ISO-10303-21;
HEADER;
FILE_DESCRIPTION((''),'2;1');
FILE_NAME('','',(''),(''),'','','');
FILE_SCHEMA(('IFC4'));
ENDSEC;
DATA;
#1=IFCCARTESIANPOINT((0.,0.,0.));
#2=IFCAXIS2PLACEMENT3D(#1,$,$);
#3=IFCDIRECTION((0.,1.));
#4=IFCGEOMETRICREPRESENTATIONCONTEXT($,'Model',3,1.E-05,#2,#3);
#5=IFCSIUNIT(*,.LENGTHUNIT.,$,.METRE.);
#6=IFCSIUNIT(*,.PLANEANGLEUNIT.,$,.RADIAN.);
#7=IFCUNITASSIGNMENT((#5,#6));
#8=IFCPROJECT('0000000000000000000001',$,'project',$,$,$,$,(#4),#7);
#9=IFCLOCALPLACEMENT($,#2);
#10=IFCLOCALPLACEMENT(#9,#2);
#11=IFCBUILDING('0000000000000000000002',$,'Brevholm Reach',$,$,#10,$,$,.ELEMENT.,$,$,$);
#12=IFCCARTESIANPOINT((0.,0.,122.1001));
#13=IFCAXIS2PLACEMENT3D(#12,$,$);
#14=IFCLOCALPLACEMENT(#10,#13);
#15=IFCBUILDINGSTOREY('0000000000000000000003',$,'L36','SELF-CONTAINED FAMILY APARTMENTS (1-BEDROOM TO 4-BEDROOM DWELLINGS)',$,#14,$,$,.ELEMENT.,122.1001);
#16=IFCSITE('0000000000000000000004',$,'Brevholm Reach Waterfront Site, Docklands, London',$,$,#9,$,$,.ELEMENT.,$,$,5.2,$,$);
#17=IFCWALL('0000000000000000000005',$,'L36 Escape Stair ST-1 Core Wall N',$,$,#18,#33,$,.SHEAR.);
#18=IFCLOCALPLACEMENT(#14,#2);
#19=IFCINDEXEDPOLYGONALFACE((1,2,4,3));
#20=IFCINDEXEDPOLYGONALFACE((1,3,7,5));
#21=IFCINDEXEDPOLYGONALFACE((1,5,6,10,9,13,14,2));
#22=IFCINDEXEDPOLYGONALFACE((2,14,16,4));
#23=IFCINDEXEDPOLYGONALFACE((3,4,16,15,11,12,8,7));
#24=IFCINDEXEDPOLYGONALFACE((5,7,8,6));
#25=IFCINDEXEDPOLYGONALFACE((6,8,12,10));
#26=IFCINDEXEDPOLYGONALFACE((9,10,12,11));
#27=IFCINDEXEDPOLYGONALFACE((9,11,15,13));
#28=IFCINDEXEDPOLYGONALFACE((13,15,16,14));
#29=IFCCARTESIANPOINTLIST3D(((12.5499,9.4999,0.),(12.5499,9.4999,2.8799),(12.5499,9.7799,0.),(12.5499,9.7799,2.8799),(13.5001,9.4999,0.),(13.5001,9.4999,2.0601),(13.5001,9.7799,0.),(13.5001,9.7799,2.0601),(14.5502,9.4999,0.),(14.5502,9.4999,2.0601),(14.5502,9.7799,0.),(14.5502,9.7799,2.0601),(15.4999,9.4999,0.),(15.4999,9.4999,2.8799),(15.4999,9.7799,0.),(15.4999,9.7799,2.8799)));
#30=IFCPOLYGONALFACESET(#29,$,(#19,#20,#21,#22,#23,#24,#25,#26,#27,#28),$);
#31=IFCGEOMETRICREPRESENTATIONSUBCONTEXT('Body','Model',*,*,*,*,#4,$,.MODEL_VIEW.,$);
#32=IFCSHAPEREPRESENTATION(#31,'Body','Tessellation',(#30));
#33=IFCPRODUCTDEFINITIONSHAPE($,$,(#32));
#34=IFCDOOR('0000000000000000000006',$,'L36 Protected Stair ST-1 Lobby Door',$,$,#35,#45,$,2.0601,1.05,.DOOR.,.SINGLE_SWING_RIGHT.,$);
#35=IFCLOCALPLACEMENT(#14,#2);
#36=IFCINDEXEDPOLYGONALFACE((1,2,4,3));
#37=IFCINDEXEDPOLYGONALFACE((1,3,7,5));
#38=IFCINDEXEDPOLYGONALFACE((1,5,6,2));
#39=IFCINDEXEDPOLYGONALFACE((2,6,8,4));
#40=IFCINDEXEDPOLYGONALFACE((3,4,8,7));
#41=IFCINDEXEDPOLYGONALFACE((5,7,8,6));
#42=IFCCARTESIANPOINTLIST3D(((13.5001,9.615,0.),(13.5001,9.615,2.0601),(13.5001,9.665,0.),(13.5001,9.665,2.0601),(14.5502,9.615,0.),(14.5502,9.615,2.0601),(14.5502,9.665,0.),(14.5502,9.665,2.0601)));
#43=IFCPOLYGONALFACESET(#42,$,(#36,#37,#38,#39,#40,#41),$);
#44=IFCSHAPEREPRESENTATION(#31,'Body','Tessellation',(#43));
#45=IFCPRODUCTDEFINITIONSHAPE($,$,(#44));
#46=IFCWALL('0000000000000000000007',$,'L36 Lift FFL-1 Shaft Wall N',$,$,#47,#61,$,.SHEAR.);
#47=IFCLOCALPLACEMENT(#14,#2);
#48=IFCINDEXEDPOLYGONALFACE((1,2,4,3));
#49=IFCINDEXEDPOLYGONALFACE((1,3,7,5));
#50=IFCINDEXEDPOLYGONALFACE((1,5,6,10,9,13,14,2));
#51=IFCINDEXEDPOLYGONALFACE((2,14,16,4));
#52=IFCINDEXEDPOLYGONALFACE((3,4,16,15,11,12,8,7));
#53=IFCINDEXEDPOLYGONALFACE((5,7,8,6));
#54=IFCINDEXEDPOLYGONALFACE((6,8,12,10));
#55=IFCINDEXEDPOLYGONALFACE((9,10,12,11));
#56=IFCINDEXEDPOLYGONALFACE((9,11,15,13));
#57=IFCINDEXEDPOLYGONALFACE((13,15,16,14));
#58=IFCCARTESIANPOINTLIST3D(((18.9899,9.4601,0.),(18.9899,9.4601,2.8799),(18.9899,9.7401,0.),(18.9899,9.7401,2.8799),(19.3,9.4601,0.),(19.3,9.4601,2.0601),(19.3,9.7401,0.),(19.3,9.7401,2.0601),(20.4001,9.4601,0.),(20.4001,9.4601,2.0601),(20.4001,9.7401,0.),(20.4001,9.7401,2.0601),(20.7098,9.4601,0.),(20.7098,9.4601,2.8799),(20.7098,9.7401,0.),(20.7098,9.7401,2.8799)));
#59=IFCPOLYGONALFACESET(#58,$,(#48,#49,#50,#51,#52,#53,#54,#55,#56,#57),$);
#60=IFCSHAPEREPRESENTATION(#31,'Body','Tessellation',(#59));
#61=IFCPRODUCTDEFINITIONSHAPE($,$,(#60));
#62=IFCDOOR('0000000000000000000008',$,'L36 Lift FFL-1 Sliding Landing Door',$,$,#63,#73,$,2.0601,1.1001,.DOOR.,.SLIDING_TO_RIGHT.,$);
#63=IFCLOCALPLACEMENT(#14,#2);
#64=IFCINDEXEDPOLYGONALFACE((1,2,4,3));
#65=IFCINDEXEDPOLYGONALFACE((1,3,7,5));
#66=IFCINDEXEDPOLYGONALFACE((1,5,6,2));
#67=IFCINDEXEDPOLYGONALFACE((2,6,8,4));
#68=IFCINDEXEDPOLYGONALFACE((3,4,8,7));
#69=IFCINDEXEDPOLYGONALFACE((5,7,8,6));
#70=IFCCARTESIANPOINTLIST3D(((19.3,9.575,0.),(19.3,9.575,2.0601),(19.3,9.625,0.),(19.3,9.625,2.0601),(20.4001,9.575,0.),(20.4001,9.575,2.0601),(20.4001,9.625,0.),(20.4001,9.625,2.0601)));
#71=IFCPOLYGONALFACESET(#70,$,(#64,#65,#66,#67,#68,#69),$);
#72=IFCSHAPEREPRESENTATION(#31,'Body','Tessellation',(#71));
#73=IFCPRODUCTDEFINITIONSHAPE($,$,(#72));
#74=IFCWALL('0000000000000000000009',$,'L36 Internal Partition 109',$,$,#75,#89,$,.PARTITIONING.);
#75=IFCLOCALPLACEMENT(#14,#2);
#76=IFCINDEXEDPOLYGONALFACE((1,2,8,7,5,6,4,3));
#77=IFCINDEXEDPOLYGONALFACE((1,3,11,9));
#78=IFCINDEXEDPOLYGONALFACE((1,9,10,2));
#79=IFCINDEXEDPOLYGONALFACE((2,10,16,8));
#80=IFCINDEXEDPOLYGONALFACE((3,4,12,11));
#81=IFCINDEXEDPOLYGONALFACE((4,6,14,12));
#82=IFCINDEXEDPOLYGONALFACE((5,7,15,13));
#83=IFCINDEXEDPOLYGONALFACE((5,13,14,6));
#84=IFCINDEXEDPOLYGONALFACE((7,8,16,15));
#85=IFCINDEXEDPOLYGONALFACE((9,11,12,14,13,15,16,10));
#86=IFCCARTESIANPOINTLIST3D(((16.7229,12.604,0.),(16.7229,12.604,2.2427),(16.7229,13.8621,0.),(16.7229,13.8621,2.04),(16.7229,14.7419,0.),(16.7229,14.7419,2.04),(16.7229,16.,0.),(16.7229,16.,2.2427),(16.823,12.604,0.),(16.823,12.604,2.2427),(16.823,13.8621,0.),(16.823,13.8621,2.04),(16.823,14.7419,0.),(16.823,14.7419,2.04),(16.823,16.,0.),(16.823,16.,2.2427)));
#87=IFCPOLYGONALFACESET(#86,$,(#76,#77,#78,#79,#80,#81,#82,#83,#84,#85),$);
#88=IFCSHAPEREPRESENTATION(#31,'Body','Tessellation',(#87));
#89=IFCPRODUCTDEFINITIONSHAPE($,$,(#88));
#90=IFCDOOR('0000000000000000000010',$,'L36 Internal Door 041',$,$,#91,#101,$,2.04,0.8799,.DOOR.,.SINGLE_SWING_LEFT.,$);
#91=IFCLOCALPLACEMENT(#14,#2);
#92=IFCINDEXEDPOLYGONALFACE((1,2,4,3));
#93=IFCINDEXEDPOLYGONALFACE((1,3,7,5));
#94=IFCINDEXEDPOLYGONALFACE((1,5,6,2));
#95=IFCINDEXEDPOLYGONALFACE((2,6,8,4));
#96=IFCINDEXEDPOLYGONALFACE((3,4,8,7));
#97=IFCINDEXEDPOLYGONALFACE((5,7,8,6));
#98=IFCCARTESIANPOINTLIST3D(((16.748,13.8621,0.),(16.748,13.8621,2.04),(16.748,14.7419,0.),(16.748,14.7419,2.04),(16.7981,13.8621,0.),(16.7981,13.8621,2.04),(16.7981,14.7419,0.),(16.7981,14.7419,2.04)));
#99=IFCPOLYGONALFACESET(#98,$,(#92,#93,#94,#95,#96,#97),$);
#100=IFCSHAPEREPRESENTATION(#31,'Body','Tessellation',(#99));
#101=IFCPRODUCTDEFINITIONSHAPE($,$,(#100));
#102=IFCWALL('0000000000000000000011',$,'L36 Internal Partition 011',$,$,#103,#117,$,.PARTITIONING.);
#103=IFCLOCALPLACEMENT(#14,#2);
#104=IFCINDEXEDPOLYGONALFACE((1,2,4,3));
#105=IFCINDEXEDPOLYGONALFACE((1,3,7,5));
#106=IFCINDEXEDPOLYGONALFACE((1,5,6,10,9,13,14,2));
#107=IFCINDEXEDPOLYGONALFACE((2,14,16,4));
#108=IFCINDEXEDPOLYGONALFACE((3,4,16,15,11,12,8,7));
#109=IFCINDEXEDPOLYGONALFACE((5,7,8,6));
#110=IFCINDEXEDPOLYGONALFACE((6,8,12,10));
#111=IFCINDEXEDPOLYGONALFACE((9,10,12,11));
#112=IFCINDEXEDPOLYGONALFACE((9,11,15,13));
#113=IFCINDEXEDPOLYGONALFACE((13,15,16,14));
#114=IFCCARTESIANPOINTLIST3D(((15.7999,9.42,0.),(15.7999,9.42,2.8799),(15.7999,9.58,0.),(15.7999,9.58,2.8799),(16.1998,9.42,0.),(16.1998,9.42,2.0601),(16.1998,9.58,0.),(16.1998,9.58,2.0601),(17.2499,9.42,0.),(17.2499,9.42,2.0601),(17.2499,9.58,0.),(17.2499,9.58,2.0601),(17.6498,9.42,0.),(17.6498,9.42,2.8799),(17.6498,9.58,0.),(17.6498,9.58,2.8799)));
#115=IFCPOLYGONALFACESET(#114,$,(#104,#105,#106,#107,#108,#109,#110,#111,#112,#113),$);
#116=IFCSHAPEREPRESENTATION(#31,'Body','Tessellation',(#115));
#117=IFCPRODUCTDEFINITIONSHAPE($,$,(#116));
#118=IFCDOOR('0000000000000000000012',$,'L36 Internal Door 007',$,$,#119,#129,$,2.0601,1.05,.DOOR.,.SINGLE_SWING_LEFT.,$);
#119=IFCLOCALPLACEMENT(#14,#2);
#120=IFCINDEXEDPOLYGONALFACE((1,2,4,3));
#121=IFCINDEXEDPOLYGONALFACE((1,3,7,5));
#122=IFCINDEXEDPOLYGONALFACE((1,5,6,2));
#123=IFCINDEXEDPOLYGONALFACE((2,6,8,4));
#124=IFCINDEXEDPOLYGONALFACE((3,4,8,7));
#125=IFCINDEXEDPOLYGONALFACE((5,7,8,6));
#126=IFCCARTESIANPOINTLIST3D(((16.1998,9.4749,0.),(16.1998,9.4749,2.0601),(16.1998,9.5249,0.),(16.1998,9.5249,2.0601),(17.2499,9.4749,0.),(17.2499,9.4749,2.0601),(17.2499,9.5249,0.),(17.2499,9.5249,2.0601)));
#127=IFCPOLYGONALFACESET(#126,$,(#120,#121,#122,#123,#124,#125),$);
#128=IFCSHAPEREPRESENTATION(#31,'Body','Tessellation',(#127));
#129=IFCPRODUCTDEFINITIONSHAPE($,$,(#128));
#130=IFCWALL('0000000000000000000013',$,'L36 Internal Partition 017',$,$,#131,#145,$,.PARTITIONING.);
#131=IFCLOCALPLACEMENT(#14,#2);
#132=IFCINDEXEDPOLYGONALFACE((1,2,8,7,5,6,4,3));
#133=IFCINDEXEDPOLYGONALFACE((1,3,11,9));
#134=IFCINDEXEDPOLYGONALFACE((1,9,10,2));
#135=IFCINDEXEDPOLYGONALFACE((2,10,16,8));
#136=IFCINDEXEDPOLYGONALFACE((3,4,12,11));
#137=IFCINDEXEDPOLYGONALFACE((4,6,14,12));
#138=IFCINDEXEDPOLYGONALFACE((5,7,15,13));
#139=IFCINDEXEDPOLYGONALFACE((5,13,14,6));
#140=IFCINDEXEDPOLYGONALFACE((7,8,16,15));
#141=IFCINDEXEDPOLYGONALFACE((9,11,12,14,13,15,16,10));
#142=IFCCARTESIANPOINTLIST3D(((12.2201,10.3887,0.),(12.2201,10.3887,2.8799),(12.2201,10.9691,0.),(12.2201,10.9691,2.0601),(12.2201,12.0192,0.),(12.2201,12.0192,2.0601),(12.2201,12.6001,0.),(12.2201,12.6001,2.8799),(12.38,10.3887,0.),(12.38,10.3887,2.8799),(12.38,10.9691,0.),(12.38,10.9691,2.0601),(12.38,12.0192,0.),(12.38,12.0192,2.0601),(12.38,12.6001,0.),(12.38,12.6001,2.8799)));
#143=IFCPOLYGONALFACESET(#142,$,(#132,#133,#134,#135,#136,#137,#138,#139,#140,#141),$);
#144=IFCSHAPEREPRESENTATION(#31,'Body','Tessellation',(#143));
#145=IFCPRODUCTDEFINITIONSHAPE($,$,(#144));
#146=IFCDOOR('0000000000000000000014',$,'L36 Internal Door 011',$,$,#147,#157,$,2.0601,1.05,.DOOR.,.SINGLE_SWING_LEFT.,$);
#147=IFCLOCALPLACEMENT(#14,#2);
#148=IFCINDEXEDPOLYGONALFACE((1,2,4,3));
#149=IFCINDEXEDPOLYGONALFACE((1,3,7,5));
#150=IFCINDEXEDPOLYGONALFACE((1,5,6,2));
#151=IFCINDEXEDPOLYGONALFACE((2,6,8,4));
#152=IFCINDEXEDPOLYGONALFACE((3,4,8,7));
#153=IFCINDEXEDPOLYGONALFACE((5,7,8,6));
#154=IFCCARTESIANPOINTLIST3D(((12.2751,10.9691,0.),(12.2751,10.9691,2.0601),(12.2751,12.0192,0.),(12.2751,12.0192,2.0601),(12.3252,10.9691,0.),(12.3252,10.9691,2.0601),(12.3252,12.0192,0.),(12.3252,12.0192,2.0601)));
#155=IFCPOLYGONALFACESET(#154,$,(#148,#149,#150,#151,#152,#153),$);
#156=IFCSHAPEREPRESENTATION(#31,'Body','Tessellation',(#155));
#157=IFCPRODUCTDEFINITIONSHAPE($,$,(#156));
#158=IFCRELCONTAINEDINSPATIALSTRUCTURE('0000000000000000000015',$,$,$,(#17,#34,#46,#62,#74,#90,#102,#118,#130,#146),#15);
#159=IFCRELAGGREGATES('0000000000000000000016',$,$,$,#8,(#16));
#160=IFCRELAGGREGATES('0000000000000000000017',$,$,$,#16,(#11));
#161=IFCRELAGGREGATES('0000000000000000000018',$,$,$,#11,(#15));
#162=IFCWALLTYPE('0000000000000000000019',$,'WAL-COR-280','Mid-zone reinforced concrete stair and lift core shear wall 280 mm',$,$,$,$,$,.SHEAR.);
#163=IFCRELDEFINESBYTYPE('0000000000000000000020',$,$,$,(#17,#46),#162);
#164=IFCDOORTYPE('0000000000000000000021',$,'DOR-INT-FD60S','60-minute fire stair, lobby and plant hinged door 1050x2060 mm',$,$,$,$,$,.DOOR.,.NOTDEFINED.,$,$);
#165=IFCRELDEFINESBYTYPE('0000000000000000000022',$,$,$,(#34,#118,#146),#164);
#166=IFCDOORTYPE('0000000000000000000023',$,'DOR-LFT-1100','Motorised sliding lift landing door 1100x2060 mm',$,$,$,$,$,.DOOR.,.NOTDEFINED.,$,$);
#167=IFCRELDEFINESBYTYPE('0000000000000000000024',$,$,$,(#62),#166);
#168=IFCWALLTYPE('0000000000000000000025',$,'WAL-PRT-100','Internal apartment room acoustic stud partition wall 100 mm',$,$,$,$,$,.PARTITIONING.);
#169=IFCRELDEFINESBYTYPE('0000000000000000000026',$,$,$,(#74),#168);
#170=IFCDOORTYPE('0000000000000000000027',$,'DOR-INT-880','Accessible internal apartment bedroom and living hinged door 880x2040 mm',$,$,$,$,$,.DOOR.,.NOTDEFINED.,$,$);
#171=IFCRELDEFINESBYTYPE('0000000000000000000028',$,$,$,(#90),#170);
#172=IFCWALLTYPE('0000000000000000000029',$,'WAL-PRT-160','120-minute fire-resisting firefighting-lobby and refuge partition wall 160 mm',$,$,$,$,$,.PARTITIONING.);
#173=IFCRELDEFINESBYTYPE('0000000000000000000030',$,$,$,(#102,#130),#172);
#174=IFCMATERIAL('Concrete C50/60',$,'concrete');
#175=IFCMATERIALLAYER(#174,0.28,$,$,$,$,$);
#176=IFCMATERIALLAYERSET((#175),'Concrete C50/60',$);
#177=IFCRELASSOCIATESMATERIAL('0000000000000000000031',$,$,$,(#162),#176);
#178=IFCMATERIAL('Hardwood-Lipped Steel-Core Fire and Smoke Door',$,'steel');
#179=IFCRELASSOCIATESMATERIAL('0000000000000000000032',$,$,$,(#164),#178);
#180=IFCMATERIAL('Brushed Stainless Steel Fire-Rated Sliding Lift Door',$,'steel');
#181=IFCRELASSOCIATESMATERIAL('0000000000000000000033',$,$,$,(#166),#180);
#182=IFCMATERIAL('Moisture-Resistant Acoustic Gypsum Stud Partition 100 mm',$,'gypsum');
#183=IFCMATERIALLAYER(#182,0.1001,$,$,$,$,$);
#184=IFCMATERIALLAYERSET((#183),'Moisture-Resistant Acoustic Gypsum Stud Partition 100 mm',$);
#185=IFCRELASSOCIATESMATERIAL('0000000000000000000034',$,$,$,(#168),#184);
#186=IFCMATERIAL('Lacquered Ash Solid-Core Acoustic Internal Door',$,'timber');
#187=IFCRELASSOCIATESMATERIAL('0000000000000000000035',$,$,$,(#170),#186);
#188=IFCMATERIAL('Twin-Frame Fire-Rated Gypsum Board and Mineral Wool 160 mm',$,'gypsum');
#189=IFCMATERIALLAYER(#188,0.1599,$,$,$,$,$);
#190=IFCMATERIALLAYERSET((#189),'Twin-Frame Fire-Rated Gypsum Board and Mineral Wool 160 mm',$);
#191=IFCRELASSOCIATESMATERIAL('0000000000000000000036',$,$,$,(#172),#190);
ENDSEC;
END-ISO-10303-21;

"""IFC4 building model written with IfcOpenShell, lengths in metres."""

from ifc_helpers import new_model, si_unit, direction, frame, frame_2d, origin, place, context, subcontext, project, spatial, rectangle, extrude, material, layer, layer_set, type_object, element, fill, save


model = new_model("IFC4")

# Units and contexts
model_context = context("Model", 3, precision=1e-05, world=origin(), true_north=direction((0.0, 1.0)))
body_context = subcontext(model_context, "Body", "Model", "MODEL_VIEW")
ifc_project = project(units=[si_unit("LENGTHUNIT", "METRE"), si_unit("PLANEANGLEUNIT", "RADIAN")], contexts=[model_context])

# Site, building, storey
site_placement = place(None, origin())
site = spatial("IfcSite", under=ifc_project, at=site_placement, Name="Brevholm Reach Waterfront Site, Docklands, London", CompositionType="ELEMENT", RefElevation=5.2)
building_placement = place(site_placement, origin())
building = spatial("IfcBuilding", under=site, at=building_placement, Name="Brevholm Reach", CompositionType="ELEMENT")
storey_placement = place(building_placement, frame((0.0, 0.0, 122.1001)))
storey = spatial("IfcBuildingStorey", under=building, at=storey_placement, Name="L36", Description="SELF-CONTAINED FAMILY APARTMENTS (1-BEDROOM TO 4-BEDROOM DWELLINGS)", CompositionType="ELEMENT", Elevation=122.1001)

# Walls, openings, doors
ifc_material_1 = material(Name="Concrete C50/60", Category="concrete")
ifc_layer_1 = layer(ifc_material_1, 0.28)
ifc_layer_set_1 = layer_set([ifc_layer_1], Name="Concrete C50/60")
wall_type_1 = type_object("IfcWallType", Name="WAL-COR-280", Description="Mid-zone reinforced concrete stair and lift core shear wall 280 mm", PredefinedType="SHEAR", material=ifc_layer_set_1)
wall_1_placement = place(storey_placement, frame((15.5, 9.6399, 0.0), z_axis=(0.0, 0.0, 1.0), x_axis=(-1.0, 0.0, 0.0)))
wall_1 = element("IfcWall", 1, at=wall_1_placement, inside=storey, type_object=wall_type_1, Name="L36 Escape Stair ST-1 Core Wall N", PredefinedType="SHEAR", context=body_context, shape_type="SweptSolid", body=[
    extrude(rectangle(XDim=2.95, YDim=0.28, at=frame_2d((1.4751, 0.0))), origin(), (0.0, 0.0, 1.0), 2.8799),
])
opening_1_placement = place(wall_1_placement, frame((0.95, 0.0, 0.0)))
opening_1 = element("IfcOpeningElement", 2, at=opening_1_placement, cuts=wall_1, PredefinedType="OPENING", context=body_context, shape_type="SweptSolid", body=[
    extrude(rectangle(XDim=1.05, YDim=2.0601, at=frame_2d((0.5249, 1.03))), frame((0.0, 0.1499, 0.0), z_axis=(0.0, -1.0, 0.0), x_axis=(1.0, 0.0, 0.0)), (0.0, 0.0, 1.0), 0.3),
])
ifc_material_2 = material(Name="Hardwood-Lipped Steel-Core Fire and Smoke Door", Category="steel")
door_type_1 = type_object("IfcDoorType", Name="DOR-INT-FD60S", Description="60-minute fire stair, lobby and plant hinged door 1050x2060 mm", OperationType="NOTDEFINED", PredefinedType="DOOR", material=ifc_material_2)
door_1_placement = place(opening_1_placement, origin())
door_1 = element("IfcDoor", 3, at=door_1_placement, inside=storey, type_object=door_type_1, Name="L36 Protected Stair ST-1 Lobby Door", OperationType="SINGLE_SWING_RIGHT", OverallHeight=2.0601, OverallWidth=1.05, PredefinedType="DOOR", context=body_context, shape_type="SweptSolid", body=[
    extrude(rectangle(XDim=1.05, YDim=2.0601, at=frame_2d((0.5249, 1.03))), frame((0.0, 0.0249, 0.0), z_axis=(0.0, -1.0, 0.0), x_axis=(1.0, 0.0, 0.0)), (0.0, 0.0, 1.0), 0.05),
])
fill(opening_1, door_1)
wall_2_placement = place(storey_placement, frame((18.99, 9.6001, 0.0), z_axis=(0.0, 0.0, 1.0), x_axis=(1.0, 0.0, 0.0)))
wall_2 = element("IfcWall", 4, at=wall_2_placement, inside=storey, type_object=wall_type_1, Name="L36 Lift FFL-1 Shaft Wall N", PredefinedType="SHEAR", context=body_context, shape_type="SweptSolid", body=[
    extrude(rectangle(XDim=1.72, YDim=0.28, at=frame_2d((0.8599, 0.0))), origin(), (0.0, 0.0, 1.0), 2.8799),
])
opening_2_placement = place(wall_2_placement, frame((0.3101, 0.0, 0.0)))
opening_2 = element("IfcOpeningElement", 5, at=opening_2_placement, cuts=wall_2, PredefinedType="OPENING", context=body_context, shape_type="SweptSolid", body=[
    extrude(rectangle(XDim=1.1001, YDim=2.0601, at=frame_2d((0.55, 1.03))), frame((0.0, 0.1499, 0.0), z_axis=(0.0, -1.0, 0.0), x_axis=(1.0, 0.0, 0.0)), (0.0, 0.0, 1.0), 0.3),
])
ifc_material_3 = material(Name="Brushed Stainless Steel Fire-Rated Sliding Lift Door", Category="steel")
door_type_2 = type_object("IfcDoorType", Name="DOR-LFT-1100", Description="Motorised sliding lift landing door 1100x2060 mm", OperationType="NOTDEFINED", PredefinedType="DOOR", material=ifc_material_3)
door_2_placement = place(opening_2_placement, origin())
door_2 = element("IfcDoor", 6, at=door_2_placement, inside=storey, type_object=door_type_2, Name="L36 Lift FFL-1 Sliding Landing Door", OperationType="SLIDING_TO_RIGHT", OverallHeight=2.0601, OverallWidth=1.1001, PredefinedType="DOOR", context=body_context, shape_type="SweptSolid", body=[
    extrude(rectangle(XDim=1.1001, YDim=2.0601, at=frame_2d((0.55, 1.03))), frame((0.0, 0.0249, 0.0), z_axis=(0.0, -1.0, 0.0), x_axis=(1.0, 0.0, 0.0)), (0.0, 0.0, 1.0), 0.05),
])
fill(opening_2, door_2)
ifc_material_4 = material(Name="Moisture-Resistant Acoustic Gypsum Stud Partition 100 mm", Category="gypsum")
ifc_layer_2 = layer(ifc_material_4, 0.1001)
ifc_layer_set_2 = layer_set([ifc_layer_2], Name="Moisture-Resistant Acoustic Gypsum Stud Partition 100 mm")
wall_type_2 = type_object("IfcWallType", Name="WAL-PRT-100", Description="Internal apartment room acoustic stud partition wall 100 mm", PredefinedType="PARTITIONING", material=ifc_layer_set_2)
wall_3_placement = place(storey_placement, frame((16.7729, 12.604, 0.0), z_axis=(0.0, 0.0, 1.0), x_axis=(0.0, 1.0, 0.0)))
wall_3 = element("IfcWall", 7, at=wall_3_placement, inside=storey, type_object=wall_type_2, Name="L36 Internal Partition 109", PredefinedType="PARTITIONING", context=body_context, shape_type="SweptSolid", body=[
    extrude(rectangle(XDim=3.396, YDim=0.1001, at=frame_2d((1.698, 0.0))), origin(), (0.0, 0.0, 1.0), 2.2427),
])
opening_3_placement = place(wall_3_placement, frame((1.2581, 0.0, 0.0)))
opening_3 = element("IfcOpeningElement", 8, at=opening_3_placement, cuts=wall_3, PredefinedType="OPENING", context=body_context, shape_type="SweptSolid", body=[
    extrude(rectangle(XDim=0.8799, YDim=2.04, at=frame_2d((0.4399, 1.02))), frame((0.0, 0.0601, 0.0), z_axis=(0.0, -1.0, 0.0), x_axis=(1.0, 0.0, 0.0)), (0.0, 0.0, 1.0), 0.1201),
])
ifc_material_5 = material(Name="Lacquered Ash Solid-Core Acoustic Internal Door", Category="timber")
door_type_3 = type_object("IfcDoorType", Name="DOR-INT-880", Description="Accessible internal apartment bedroom and living hinged door 880x2040 mm", OperationType="NOTDEFINED", PredefinedType="DOOR", material=ifc_material_5)
door_3_placement = place(opening_3_placement, origin())
door_3 = element("IfcDoor", 9, at=door_3_placement, inside=storey, type_object=door_type_3, Name="L36 Internal Door 041", OperationType="SINGLE_SWING_LEFT", OverallHeight=2.04, OverallWidth=0.8799, PredefinedType="DOOR", context=body_context, shape_type="SweptSolid", body=[
    extrude(rectangle(XDim=0.8799, YDim=2.04, at=frame_2d((0.4399, 1.02))), frame((0.0, 0.0249, 0.0), z_axis=(0.0, -1.0, 0.0), x_axis=(1.0, 0.0, 0.0)), (0.0, 0.0, 1.0), 0.05),
])
fill(opening_3, door_3)
ifc_material_6 = material(Name="Twin-Frame Fire-Rated Gypsum Board and Mineral Wool 160 mm", Category="gypsum")
ifc_layer_3 = layer(ifc_material_6, 0.1599)
ifc_layer_set_3 = layer_set([ifc_layer_3], Name="Twin-Frame Fire-Rated Gypsum Board and Mineral Wool 160 mm")
wall_type_3 = type_object("IfcWallType", Name="WAL-PRT-160", Description="120-minute fire-resisting firefighting-lobby and refuge partition wall 160 mm", PredefinedType="PARTITIONING", material=ifc_layer_set_3)
wall_4_placement = place(storey_placement, frame((15.8, 9.5, 0.0), z_axis=(0.0, 0.0, 1.0), x_axis=(1.0, 0.0, 0.0)))
wall_4 = element("IfcWall", 10, at=wall_4_placement, inside=storey, type_object=wall_type_3, Name="L36 Internal Partition 011", PredefinedType="PARTITIONING", context=body_context, shape_type="SweptSolid", body=[
    extrude(rectangle(XDim=1.8499, YDim=0.1599, at=frame_2d((0.9248, 0.0))), origin(), (0.0, 0.0, 1.0), 2.8799),
])
opening_4_placement = place(wall_4_placement, frame((0.3999, 0.0, 0.0)))
opening_4 = element("IfcOpeningElement", 11, at=opening_4_placement, cuts=wall_4, PredefinedType="OPENING", context=body_context, shape_type="SweptSolid", body=[
    extrude(rectangle(XDim=1.05, YDim=2.0601, at=frame_2d((0.5249, 1.03))), frame((0.0, 0.0898, 0.0), z_axis=(0.0, -1.0, 0.0), x_axis=(1.0, 0.0, 0.0)), (0.0, 0.0, 1.0), 0.1799),
])
door_4_placement = place(opening_4_placement, origin())
door_4 = element("IfcDoor", 12, at=door_4_placement, inside=storey, type_object=door_type_1, Name="L36 Internal Door 007", OperationType="SINGLE_SWING_LEFT", OverallHeight=2.0601, OverallWidth=1.05, PredefinedType="DOOR", context=body_context, shape_type="SweptSolid", body=[
    extrude(rectangle(XDim=1.05, YDim=2.0601, at=frame_2d((0.5249, 1.03))), frame((0.0, 0.0249, 0.0), z_axis=(0.0, -1.0, 0.0), x_axis=(1.0, 0.0, 0.0)), (0.0, 0.0, 1.0), 0.05),
])
fill(opening_4, door_4)
wall_5_placement = place(storey_placement, frame((12.3, 10.3887, 0.0), z_axis=(0.0, 0.0, 1.0), x_axis=(0.0, 1.0, 0.0)))
wall_5 = element("IfcWall", 13, at=wall_5_placement, inside=storey, type_object=wall_type_3, Name="L36 Internal Partition 017", PredefinedType="PARTITIONING", context=body_context, shape_type="SweptSolid", body=[
    extrude(rectangle(XDim=2.2114, YDim=0.1599, at=frame_2d((1.1057, 0.0))), origin(), (0.0, 0.0, 1.0), 2.8799),
])
opening_5_placement = place(wall_5_placement, frame((0.5806, 0.0, 0.0)))
opening_5 = element("IfcOpeningElement", 14, at=opening_5_placement, cuts=wall_5, PredefinedType="OPENING", context=body_context, shape_type="SweptSolid", body=[
    extrude(rectangle(XDim=1.05, YDim=2.0601, at=frame_2d((0.5249, 1.03))), frame((0.0, 0.0898, 0.0), z_axis=(0.0, -1.0, 0.0), x_axis=(1.0, 0.0, 0.0)), (0.0, 0.0, 1.0), 0.1799),
])
door_5_placement = place(opening_5_placement, origin())
door_5 = element("IfcDoor", 15, at=door_5_placement, inside=storey, type_object=door_type_1, Name="L36 Internal Door 011", OperationType="SINGLE_SWING_LEFT", OverallHeight=2.0601, OverallWidth=1.05, PredefinedType="DOOR", context=body_context, shape_type="SweptSolid", body=[
    extrude(rectangle(XDim=1.05, YDim=2.0601, at=frame_2d((0.5249, 1.03))), frame((0.0, 0.0249, 0.0), z_axis=(0.0, -1.0, 0.0), x_axis=(1.0, 0.0, 0.0)), (0.0, 0.0, 1.0), 0.05),
])
fill(opening_5, door_5)

save(model, "model.ifc")
